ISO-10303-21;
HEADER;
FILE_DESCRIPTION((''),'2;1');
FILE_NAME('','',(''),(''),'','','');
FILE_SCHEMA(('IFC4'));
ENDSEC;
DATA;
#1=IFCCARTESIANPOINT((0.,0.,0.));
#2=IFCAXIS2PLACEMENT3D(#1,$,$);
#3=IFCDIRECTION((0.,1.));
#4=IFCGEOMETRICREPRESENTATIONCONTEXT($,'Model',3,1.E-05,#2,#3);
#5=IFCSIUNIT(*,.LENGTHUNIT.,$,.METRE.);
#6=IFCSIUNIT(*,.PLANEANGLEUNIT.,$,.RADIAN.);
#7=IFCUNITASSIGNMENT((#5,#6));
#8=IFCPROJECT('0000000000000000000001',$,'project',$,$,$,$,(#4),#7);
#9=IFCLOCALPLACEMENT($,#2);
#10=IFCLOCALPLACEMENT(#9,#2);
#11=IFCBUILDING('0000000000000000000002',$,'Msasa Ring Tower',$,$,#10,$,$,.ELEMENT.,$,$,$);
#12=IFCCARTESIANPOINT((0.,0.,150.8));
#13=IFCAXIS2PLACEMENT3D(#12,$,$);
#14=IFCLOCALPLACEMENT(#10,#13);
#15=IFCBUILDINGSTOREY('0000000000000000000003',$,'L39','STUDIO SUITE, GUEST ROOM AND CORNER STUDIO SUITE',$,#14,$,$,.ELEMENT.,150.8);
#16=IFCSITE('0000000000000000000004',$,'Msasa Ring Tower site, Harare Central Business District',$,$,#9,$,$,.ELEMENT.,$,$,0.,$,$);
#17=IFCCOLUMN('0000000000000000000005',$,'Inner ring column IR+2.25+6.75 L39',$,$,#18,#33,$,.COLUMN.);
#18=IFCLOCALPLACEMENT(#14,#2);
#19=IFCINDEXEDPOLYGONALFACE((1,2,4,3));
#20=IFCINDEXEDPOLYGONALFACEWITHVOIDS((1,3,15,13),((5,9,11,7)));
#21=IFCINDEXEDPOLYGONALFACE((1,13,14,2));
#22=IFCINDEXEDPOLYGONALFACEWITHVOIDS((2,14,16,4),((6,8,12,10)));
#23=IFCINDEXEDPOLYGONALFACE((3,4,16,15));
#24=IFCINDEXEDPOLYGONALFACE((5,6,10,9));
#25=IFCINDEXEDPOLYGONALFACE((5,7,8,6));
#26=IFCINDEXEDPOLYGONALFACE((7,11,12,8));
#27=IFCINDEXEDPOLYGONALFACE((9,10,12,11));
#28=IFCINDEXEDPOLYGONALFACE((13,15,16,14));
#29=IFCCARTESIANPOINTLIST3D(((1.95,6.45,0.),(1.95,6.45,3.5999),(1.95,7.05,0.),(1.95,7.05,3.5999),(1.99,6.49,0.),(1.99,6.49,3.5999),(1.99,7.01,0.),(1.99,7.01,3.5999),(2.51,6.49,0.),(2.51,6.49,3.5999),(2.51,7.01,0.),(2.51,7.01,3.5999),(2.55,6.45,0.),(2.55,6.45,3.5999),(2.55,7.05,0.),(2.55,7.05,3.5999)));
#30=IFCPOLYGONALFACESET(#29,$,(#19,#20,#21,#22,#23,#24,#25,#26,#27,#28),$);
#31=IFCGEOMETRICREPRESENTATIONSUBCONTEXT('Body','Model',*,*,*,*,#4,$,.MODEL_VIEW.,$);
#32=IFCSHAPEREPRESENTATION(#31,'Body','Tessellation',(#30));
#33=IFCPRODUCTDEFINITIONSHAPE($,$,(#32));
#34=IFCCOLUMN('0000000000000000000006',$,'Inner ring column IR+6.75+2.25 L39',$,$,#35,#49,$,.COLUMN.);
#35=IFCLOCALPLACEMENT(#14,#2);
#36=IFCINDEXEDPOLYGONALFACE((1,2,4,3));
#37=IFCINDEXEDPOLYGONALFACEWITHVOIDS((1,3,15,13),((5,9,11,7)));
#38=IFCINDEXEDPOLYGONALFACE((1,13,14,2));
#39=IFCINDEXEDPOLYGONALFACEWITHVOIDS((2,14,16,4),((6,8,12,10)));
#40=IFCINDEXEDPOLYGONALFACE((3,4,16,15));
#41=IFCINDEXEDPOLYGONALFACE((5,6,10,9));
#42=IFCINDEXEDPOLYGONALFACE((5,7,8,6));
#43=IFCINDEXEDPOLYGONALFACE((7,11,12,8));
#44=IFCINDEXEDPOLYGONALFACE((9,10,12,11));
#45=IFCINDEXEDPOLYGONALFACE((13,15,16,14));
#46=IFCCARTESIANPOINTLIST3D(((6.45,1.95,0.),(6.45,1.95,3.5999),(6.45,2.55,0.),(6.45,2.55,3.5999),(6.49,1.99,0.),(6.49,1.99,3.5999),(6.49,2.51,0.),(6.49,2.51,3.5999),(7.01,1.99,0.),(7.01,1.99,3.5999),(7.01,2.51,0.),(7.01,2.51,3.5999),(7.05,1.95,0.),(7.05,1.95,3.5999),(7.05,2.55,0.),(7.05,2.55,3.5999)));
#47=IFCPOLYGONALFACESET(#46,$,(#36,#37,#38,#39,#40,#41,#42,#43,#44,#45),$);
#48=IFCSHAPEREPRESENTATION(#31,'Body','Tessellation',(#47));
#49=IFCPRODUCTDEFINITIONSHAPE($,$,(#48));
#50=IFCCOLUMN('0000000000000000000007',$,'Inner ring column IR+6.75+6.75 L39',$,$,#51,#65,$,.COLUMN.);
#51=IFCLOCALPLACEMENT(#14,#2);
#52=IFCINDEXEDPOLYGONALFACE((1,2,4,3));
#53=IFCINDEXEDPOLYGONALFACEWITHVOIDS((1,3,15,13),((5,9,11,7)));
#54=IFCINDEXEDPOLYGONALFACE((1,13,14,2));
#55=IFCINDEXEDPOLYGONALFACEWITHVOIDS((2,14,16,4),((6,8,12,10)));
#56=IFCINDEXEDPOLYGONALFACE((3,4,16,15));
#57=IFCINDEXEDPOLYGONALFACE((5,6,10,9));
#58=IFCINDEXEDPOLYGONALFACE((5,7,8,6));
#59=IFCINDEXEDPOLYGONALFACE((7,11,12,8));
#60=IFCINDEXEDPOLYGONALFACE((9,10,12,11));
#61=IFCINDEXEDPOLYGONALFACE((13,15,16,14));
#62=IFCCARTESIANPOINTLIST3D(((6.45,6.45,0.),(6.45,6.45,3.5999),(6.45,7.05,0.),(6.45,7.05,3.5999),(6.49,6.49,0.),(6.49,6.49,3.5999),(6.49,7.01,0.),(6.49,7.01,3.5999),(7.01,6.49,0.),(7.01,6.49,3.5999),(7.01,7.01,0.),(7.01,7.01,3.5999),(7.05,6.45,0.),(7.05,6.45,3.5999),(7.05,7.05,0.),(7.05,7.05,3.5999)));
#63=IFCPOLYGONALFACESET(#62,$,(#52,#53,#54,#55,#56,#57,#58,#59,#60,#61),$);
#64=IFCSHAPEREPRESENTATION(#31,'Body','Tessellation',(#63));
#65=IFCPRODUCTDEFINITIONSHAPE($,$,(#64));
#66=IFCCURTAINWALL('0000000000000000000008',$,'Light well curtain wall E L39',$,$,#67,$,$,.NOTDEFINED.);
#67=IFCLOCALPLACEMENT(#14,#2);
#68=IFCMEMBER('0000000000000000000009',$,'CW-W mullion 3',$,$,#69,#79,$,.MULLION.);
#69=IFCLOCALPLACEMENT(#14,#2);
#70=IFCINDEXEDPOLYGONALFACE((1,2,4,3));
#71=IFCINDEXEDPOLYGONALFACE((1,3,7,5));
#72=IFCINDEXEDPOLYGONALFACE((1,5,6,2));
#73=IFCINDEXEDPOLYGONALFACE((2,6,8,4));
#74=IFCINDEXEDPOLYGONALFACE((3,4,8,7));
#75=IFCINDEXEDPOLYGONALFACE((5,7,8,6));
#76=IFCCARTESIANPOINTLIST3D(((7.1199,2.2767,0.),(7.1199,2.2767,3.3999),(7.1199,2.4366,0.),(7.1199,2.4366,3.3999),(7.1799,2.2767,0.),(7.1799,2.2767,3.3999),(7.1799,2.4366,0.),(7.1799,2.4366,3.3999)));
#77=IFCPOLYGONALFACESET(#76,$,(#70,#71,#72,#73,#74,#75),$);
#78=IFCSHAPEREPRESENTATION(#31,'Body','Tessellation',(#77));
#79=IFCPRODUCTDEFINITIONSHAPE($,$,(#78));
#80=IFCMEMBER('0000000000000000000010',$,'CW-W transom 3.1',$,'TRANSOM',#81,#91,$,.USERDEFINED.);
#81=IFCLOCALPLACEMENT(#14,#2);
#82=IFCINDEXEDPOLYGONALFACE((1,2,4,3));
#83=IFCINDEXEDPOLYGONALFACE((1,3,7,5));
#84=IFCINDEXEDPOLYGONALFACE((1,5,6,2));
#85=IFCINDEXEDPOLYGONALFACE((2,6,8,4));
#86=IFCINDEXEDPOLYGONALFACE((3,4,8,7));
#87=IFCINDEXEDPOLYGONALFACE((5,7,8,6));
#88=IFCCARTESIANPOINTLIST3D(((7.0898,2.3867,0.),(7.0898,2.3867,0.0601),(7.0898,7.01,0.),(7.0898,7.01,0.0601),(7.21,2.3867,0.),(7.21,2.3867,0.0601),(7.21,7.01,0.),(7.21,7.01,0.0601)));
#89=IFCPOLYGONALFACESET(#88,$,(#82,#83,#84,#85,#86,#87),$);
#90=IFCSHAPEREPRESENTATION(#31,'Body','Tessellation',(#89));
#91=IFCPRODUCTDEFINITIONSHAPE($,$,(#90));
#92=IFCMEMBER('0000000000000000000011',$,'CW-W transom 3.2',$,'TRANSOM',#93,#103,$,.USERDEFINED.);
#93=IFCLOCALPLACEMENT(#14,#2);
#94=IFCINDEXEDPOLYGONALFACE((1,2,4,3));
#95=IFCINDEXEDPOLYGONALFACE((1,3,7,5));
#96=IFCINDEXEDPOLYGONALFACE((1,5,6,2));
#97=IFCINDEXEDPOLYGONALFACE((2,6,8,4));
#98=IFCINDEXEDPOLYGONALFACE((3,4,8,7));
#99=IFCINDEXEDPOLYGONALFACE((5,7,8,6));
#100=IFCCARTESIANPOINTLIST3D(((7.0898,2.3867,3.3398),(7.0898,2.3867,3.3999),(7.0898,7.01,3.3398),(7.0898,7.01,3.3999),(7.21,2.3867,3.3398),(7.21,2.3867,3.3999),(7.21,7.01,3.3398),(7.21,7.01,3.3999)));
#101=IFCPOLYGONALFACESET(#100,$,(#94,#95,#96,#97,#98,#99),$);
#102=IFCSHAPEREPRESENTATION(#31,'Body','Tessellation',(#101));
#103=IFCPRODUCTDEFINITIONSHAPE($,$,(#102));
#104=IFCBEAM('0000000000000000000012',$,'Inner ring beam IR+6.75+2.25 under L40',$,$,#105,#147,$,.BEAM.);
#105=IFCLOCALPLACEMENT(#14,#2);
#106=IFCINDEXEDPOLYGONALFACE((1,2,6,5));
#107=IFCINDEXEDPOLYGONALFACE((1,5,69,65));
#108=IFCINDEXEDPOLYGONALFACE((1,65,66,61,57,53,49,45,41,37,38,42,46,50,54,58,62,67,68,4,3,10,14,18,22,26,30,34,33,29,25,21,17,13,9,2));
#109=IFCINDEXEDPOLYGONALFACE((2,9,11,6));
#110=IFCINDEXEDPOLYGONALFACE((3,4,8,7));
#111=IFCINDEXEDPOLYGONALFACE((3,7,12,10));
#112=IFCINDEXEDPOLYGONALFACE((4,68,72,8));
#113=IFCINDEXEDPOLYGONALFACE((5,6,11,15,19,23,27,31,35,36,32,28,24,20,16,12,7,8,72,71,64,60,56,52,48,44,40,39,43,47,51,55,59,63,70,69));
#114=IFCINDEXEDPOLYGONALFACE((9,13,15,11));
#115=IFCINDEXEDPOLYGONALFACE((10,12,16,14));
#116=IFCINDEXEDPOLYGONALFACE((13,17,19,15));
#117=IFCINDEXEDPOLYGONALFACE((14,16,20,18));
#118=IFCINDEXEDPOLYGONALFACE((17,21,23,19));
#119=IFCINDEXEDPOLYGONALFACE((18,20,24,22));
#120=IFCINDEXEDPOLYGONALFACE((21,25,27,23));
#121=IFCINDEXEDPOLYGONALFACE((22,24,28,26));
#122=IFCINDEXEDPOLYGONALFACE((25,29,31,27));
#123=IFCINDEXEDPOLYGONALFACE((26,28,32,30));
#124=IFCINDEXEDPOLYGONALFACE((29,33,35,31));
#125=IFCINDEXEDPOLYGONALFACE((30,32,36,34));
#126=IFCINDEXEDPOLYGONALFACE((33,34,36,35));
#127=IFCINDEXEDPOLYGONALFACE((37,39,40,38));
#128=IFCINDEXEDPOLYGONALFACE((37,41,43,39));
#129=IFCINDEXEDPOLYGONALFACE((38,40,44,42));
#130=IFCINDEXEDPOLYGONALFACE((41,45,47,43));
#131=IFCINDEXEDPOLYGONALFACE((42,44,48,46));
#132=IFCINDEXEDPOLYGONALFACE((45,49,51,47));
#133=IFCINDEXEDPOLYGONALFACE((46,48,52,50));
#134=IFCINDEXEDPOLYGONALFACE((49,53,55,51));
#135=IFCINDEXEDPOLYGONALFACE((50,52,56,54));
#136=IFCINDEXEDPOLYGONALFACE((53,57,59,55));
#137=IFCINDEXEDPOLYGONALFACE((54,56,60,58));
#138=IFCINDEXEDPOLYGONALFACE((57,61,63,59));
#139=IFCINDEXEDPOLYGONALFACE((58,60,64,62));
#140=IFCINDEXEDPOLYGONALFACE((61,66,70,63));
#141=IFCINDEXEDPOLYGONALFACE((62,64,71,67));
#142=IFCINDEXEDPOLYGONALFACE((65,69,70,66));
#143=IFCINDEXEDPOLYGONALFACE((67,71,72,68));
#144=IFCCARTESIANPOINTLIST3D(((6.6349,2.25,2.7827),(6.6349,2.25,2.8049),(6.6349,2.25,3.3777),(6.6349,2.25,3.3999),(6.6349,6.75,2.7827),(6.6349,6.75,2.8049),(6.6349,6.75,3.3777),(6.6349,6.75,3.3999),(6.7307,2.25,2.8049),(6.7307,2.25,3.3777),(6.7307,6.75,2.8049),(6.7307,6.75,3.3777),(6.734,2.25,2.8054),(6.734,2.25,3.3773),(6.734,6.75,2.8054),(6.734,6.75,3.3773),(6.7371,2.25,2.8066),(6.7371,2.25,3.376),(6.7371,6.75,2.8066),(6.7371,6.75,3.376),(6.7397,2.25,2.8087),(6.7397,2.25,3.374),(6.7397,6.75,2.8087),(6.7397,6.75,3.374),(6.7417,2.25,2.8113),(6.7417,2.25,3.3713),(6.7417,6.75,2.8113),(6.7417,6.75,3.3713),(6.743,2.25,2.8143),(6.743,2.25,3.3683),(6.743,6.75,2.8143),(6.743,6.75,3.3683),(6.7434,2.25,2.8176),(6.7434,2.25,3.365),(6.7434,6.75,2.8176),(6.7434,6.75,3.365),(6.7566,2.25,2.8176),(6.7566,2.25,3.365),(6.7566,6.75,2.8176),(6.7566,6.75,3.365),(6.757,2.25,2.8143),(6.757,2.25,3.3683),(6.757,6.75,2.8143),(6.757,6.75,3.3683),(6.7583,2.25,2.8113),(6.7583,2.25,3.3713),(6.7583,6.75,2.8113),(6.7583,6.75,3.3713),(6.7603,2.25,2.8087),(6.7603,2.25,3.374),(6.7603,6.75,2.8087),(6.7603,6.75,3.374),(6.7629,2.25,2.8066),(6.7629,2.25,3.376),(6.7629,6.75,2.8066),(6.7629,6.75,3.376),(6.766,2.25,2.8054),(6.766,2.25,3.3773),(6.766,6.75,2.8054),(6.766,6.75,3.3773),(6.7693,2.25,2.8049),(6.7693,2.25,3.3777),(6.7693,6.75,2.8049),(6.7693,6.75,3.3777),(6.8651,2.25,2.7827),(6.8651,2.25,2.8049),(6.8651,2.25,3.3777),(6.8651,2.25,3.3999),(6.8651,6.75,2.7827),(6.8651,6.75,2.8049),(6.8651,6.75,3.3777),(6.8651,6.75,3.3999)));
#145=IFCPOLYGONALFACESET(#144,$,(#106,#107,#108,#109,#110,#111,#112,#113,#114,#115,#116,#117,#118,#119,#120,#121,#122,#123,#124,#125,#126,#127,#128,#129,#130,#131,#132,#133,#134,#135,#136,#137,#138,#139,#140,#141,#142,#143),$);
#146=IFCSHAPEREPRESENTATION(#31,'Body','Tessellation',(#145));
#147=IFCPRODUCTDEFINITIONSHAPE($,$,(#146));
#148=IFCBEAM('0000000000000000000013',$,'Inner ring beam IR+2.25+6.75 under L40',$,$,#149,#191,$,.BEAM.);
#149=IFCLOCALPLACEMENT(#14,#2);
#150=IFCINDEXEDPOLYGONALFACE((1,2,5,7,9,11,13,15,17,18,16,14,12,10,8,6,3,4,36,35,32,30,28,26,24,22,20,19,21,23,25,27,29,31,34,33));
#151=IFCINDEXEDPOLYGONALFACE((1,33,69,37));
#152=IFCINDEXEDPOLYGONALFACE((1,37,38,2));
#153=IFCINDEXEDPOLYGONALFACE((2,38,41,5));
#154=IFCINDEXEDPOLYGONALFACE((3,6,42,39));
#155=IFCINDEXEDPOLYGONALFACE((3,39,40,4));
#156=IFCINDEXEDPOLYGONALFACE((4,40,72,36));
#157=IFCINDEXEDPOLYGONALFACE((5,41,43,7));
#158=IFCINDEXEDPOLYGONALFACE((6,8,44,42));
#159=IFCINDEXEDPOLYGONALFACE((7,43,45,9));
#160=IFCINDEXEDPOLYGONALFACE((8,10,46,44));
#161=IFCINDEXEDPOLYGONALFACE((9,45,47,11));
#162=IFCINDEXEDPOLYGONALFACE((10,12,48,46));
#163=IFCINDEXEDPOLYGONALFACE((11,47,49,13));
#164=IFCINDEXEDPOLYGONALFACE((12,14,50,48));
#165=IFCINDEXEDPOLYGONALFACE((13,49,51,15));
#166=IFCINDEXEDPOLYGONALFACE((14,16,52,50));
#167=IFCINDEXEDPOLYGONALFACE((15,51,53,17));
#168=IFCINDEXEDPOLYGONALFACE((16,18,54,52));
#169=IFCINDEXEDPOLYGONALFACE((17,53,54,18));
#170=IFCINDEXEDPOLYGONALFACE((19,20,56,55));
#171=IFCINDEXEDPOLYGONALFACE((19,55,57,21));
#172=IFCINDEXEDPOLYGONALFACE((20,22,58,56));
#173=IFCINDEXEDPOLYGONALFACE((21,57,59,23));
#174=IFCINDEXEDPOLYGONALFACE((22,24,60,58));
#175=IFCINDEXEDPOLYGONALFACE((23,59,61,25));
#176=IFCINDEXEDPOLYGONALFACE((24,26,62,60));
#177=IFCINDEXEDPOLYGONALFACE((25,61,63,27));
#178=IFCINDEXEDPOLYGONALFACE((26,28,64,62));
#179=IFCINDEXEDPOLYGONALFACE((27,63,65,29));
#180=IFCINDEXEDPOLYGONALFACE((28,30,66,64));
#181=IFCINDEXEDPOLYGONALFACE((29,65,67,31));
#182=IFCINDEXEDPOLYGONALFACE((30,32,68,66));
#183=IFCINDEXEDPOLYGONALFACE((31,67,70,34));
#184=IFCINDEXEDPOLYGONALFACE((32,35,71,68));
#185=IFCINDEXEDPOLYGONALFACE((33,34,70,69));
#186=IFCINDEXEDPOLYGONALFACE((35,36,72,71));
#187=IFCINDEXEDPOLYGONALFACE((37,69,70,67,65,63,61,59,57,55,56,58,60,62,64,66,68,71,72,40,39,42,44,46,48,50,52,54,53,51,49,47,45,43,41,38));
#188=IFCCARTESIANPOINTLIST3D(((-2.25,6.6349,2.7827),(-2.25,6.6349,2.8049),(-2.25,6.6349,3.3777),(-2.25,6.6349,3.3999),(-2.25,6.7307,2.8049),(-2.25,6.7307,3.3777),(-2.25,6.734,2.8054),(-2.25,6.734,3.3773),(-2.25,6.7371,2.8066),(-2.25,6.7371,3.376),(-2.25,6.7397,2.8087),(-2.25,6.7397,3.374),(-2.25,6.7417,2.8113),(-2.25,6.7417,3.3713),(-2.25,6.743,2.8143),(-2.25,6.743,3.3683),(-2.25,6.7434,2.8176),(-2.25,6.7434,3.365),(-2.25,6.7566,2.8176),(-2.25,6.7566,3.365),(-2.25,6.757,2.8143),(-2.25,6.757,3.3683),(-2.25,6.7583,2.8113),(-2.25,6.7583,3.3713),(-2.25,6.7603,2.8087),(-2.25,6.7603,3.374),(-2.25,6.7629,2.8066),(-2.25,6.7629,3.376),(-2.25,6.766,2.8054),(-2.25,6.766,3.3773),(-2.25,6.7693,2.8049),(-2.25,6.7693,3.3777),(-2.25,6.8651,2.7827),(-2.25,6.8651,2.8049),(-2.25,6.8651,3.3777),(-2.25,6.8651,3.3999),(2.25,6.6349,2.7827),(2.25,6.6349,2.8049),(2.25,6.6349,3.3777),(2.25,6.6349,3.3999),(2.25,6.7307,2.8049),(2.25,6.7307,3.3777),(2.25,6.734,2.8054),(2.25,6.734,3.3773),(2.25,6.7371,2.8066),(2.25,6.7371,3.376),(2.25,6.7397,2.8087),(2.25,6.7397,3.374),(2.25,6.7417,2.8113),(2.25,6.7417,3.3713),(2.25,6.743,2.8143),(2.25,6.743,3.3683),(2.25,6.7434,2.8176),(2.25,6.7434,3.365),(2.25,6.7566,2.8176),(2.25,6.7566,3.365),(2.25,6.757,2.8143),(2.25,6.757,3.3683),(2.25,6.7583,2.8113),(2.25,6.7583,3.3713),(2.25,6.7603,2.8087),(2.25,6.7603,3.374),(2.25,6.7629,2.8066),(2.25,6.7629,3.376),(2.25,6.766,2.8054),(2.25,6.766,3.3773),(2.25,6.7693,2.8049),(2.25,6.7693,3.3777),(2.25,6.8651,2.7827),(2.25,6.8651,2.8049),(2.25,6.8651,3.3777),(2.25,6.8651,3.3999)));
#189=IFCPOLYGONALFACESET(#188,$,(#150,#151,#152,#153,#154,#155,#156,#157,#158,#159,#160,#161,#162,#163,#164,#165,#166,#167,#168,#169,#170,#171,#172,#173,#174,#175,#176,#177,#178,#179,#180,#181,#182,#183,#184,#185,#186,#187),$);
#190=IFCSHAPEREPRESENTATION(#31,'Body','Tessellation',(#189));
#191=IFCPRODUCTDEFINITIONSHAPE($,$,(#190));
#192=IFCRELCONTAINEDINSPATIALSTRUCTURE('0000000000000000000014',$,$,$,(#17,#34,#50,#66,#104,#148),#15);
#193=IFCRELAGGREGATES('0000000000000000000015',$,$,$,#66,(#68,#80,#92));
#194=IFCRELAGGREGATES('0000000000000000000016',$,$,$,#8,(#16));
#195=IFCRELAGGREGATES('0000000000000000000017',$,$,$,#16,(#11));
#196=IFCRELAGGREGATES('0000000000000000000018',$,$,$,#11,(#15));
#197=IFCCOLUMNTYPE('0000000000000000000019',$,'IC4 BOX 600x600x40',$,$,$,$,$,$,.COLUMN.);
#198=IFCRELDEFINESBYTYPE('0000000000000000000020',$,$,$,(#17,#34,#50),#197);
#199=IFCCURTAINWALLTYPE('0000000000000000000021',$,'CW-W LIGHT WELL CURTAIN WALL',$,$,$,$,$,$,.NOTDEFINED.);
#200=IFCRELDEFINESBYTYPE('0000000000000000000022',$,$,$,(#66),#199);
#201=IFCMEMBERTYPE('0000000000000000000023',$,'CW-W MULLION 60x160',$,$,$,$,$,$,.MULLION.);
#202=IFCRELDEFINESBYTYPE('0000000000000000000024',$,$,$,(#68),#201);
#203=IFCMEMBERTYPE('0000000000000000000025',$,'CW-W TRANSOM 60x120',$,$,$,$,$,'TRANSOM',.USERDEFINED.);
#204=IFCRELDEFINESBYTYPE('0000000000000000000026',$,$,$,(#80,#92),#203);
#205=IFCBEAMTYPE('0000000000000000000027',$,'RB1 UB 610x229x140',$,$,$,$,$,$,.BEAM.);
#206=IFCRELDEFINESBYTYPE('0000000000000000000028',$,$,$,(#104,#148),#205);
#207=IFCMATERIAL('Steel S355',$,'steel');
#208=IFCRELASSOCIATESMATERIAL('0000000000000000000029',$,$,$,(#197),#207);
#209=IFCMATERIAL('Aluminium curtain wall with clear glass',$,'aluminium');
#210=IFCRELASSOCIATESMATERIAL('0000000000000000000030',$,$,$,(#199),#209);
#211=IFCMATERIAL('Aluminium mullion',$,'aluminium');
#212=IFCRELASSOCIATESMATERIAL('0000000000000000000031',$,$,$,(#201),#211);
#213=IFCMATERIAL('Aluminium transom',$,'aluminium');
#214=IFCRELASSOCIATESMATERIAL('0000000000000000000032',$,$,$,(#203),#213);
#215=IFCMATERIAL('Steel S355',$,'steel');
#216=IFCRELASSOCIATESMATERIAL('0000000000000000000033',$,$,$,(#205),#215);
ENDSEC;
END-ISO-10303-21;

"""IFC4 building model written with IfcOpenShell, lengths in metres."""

from ifc_helpers import new_model, si_unit, direction, frame, origin, origin_2d, place, context, subcontext, project, spatial, rectangle, hollow_rectangle, i_section, extrude, material, material_profile, profile_set, type_object, element, aggregate, save


model = new_model("IFC4")

# Units and contexts
model_context = context("Model", 3, precision=1e-05, world=origin(), true_north=direction((0.0, 1.0)))
body_context = subcontext(model_context, "Body", "Model", "MODEL_VIEW")
ifc_project = project(units=[si_unit("LENGTHUNIT", "METRE"), si_unit("PLANEANGLEUNIT", "RADIAN")], contexts=[model_context])

# Site, building, storey
site_placement = place(None, origin())
site = spatial("IfcSite", under=ifc_project, at=site_placement, Name="Msasa Ring Tower site, Harare Central Business District", CompositionType="ELEMENT", RefElevation=0.0)
building_placement = place(site_placement, origin())
building = spatial("IfcBuilding", under=site, at=building_placement, Name="Msasa Ring Tower", CompositionType="ELEMENT")
storey_placement = place(building_placement, frame((0.0, 0.0, 150.8)))
storey = spatial("IfcBuildingStorey", under=building, at=storey_placement, Name="L39", Description="STUDIO SUITE, GUEST ROOM AND CORNER STUDIO SUITE", CompositionType="ELEMENT", Elevation=150.8)

# Columns
ifc_material_1 = material(Name="Steel S355", Category="steel")
ifc_material_profile_1 = material_profile(ifc_material_1, hollow_rectangle(XDim=0.6001, YDim=0.6001, WallThickness=0.04, at=origin_2d()), Name="BOX 600x600x40")
ifc_profile_set_1 = profile_set([ifc_material_profile_1], Name="Steel S355")
column_type = type_object("IfcColumnType", Name="IC4 BOX 600x600x40", PredefinedType="COLUMN", material=ifc_profile_set_1)
for number, where, z_axis, x_axis, name in (
    (1, (2.25, 6.75, 0.0), (0.0, 0.0, 1.0), (1.0, 0.0, 0.0), "Inner ring column IR+2.25+6.75 L39"),
    (2, (6.75, 2.25, 0.0), (0.0, 0.0, 1.0), (1.0, 0.0, 0.0), "Inner ring column IR+6.75+2.25 L39"),
    (3, (6.75, 6.75, 0.0), (0.0, 0.0, 1.0), (1.0, 0.0, 0.0), "Inner ring column IR+6.75+6.75 L39"),
):
    element("IfcColumn", number, at=place(storey_placement, frame(where, z_axis=z_axis, x_axis=x_axis)), inside=storey, type_object=column_type, Name=name, PredefinedType="COLUMN", context=body_context, shape_type="SweptSolid", body=[
        extrude(hollow_rectangle(XDim=0.6001, YDim=0.6001, WallThickness=0.04, at=origin_2d()), origin(), (0.0, 0.0, 1.0), 3.5999),
    ])

# Curtain wall, members
ifc_material_2 = material(Name="Aluminium curtain wall with clear glass", Category="aluminium")
curtain_wall_type = type_object("IfcCurtainWallType", Name="CW-W LIGHT WELL CURTAIN WALL", PredefinedType="NOTDEFINED", material=ifc_material_2)
curtain_wall_placement = place(storey_placement, origin())
curtain_wall = element("IfcCurtainWall", 4, at=curtain_wall_placement, inside=storey, type_object=curtain_wall_type, Name="Light well curtain wall E L39", PredefinedType="NOTDEFINED")
ifc_material_3 = material(Name="Aluminium mullion", Category="aluminium")
ifc_material_profile_2 = material_profile(ifc_material_3, rectangle(XDim=0.0601, YDim=0.1599, at=origin_2d()), Name="AL 60x160")
ifc_profile_set_2 = profile_set([ifc_material_profile_2], Name="Aluminium mullion")
member_type_1 = type_object("IfcMemberType", Name="CW-W MULLION 60x160", PredefinedType="MULLION", material=ifc_profile_set_2)
member_1_placement = place(storey_placement, frame((7.1499, 2.3567, 0.0), z_axis=(0.0, 0.0, 1.0), x_axis=(-1.0, 0.0, 0.0)))
member_1 = element("IfcMember", 5, at=member_1_placement, type_object=member_type_1, Name="CW-W mullion 3", PredefinedType="MULLION", context=body_context, shape_type="SweptSolid", body=[
    extrude(rectangle(XDim=0.0601, YDim=0.1599, at=origin_2d()), origin(), (0.0, 0.0, 1.0), 3.3999),
])
ifc_material_4 = material(Name="Aluminium transom", Category="aluminium")
ifc_material_profile_3 = material_profile(ifc_material_4, rectangle(XDim=0.1201, YDim=0.0601, at=origin_2d()), Name="AL 60x120")
ifc_profile_set_3 = profile_set([ifc_material_profile_3], Name="Aluminium transom")
member_type_2 = type_object("IfcMemberType", Name="CW-W TRANSOM 60x120", ElementType="TRANSOM", PredefinedType="USERDEFINED", material=ifc_profile_set_3)
member_2_placement = place(storey_placement, frame((7.1499, 2.3867, 0.03), z_axis=(0.0, 1.0, 0.0), x_axis=(-1.0, 0.0, 0.0)))
member_2 = element("IfcMember", 6, at=member_2_placement, type_object=member_type_2, Name="CW-W transom 3.1", ObjectType="TRANSOM", PredefinedType="USERDEFINED", context=body_context, shape_type="SweptSolid", body=[
    extrude(rectangle(XDim=0.1201, YDim=0.0601, at=origin_2d()), origin(), (0.0, 0.0, 1.0), 4.6233),
])
member_3_placement = place(storey_placement, frame((7.1499, 2.3867, 3.3699), z_axis=(0.0, 1.0, 0.0), x_axis=(-1.0, 0.0, 0.0)))
member_3 = element("IfcMember", 7, at=member_3_placement, type_object=member_type_2, Name="CW-W transom 3.2", ObjectType="TRANSOM", PredefinedType="USERDEFINED", context=body_context, shape_type="SweptSolid", body=[
    extrude(rectangle(XDim=0.1201, YDim=0.0601, at=origin_2d()), origin(), (0.0, 0.0, 1.0), 4.6233),
])

# Beams
ifc_material_5 = material(Name="Steel S355", Category="steel")
ifc_material_profile_4 = material_profile(ifc_material_5, i_section(OverallWidth=0.2302, OverallDepth=0.6172, WebThickness=0.0132, FlangeThickness=0.0222, FilletRadius=0.0127, at=origin_2d()), Name="UB 610x229x140")
ifc_profile_set_4 = profile_set([ifc_material_profile_4], Name="Steel S355")
beam_type = type_object("IfcBeamType", Name="RB1 UB 610x229x140", PredefinedType="BEAM", material=ifc_profile_set_4)
for number, where, z_axis, x_axis, name in (
    (8, (6.75, 2.25, 3.0913), (0.0, 1.0, 0.0), (-1.0, 0.0, 0.0), "Inner ring beam IR+6.75+2.25 under L40"),
    (9, (2.25, 6.75, 3.0913), (-1.0, 0.0, 0.0), (0.0, -1.0, 0.0), "Inner ring beam IR+2.25+6.75 under L40"),
):
    element("IfcBeam", number, at=place(storey_placement, frame(where, z_axis=z_axis, x_axis=x_axis)), inside=storey, type_object=beam_type, Name=name, PredefinedType="BEAM", context=body_context, shape_type="SweptSolid", body=[
        extrude(i_section(OverallWidth=0.2302, OverallDepth=0.6172, WebThickness=0.0132, FlangeThickness=0.0222, FilletRadius=0.0127, at=origin_2d()), origin(), (0.0, 0.0, 1.0), 4.5),
    ])

aggregate(curtain_wall, [member_1, member_2, member_3])

save(model, "model.ifc")
